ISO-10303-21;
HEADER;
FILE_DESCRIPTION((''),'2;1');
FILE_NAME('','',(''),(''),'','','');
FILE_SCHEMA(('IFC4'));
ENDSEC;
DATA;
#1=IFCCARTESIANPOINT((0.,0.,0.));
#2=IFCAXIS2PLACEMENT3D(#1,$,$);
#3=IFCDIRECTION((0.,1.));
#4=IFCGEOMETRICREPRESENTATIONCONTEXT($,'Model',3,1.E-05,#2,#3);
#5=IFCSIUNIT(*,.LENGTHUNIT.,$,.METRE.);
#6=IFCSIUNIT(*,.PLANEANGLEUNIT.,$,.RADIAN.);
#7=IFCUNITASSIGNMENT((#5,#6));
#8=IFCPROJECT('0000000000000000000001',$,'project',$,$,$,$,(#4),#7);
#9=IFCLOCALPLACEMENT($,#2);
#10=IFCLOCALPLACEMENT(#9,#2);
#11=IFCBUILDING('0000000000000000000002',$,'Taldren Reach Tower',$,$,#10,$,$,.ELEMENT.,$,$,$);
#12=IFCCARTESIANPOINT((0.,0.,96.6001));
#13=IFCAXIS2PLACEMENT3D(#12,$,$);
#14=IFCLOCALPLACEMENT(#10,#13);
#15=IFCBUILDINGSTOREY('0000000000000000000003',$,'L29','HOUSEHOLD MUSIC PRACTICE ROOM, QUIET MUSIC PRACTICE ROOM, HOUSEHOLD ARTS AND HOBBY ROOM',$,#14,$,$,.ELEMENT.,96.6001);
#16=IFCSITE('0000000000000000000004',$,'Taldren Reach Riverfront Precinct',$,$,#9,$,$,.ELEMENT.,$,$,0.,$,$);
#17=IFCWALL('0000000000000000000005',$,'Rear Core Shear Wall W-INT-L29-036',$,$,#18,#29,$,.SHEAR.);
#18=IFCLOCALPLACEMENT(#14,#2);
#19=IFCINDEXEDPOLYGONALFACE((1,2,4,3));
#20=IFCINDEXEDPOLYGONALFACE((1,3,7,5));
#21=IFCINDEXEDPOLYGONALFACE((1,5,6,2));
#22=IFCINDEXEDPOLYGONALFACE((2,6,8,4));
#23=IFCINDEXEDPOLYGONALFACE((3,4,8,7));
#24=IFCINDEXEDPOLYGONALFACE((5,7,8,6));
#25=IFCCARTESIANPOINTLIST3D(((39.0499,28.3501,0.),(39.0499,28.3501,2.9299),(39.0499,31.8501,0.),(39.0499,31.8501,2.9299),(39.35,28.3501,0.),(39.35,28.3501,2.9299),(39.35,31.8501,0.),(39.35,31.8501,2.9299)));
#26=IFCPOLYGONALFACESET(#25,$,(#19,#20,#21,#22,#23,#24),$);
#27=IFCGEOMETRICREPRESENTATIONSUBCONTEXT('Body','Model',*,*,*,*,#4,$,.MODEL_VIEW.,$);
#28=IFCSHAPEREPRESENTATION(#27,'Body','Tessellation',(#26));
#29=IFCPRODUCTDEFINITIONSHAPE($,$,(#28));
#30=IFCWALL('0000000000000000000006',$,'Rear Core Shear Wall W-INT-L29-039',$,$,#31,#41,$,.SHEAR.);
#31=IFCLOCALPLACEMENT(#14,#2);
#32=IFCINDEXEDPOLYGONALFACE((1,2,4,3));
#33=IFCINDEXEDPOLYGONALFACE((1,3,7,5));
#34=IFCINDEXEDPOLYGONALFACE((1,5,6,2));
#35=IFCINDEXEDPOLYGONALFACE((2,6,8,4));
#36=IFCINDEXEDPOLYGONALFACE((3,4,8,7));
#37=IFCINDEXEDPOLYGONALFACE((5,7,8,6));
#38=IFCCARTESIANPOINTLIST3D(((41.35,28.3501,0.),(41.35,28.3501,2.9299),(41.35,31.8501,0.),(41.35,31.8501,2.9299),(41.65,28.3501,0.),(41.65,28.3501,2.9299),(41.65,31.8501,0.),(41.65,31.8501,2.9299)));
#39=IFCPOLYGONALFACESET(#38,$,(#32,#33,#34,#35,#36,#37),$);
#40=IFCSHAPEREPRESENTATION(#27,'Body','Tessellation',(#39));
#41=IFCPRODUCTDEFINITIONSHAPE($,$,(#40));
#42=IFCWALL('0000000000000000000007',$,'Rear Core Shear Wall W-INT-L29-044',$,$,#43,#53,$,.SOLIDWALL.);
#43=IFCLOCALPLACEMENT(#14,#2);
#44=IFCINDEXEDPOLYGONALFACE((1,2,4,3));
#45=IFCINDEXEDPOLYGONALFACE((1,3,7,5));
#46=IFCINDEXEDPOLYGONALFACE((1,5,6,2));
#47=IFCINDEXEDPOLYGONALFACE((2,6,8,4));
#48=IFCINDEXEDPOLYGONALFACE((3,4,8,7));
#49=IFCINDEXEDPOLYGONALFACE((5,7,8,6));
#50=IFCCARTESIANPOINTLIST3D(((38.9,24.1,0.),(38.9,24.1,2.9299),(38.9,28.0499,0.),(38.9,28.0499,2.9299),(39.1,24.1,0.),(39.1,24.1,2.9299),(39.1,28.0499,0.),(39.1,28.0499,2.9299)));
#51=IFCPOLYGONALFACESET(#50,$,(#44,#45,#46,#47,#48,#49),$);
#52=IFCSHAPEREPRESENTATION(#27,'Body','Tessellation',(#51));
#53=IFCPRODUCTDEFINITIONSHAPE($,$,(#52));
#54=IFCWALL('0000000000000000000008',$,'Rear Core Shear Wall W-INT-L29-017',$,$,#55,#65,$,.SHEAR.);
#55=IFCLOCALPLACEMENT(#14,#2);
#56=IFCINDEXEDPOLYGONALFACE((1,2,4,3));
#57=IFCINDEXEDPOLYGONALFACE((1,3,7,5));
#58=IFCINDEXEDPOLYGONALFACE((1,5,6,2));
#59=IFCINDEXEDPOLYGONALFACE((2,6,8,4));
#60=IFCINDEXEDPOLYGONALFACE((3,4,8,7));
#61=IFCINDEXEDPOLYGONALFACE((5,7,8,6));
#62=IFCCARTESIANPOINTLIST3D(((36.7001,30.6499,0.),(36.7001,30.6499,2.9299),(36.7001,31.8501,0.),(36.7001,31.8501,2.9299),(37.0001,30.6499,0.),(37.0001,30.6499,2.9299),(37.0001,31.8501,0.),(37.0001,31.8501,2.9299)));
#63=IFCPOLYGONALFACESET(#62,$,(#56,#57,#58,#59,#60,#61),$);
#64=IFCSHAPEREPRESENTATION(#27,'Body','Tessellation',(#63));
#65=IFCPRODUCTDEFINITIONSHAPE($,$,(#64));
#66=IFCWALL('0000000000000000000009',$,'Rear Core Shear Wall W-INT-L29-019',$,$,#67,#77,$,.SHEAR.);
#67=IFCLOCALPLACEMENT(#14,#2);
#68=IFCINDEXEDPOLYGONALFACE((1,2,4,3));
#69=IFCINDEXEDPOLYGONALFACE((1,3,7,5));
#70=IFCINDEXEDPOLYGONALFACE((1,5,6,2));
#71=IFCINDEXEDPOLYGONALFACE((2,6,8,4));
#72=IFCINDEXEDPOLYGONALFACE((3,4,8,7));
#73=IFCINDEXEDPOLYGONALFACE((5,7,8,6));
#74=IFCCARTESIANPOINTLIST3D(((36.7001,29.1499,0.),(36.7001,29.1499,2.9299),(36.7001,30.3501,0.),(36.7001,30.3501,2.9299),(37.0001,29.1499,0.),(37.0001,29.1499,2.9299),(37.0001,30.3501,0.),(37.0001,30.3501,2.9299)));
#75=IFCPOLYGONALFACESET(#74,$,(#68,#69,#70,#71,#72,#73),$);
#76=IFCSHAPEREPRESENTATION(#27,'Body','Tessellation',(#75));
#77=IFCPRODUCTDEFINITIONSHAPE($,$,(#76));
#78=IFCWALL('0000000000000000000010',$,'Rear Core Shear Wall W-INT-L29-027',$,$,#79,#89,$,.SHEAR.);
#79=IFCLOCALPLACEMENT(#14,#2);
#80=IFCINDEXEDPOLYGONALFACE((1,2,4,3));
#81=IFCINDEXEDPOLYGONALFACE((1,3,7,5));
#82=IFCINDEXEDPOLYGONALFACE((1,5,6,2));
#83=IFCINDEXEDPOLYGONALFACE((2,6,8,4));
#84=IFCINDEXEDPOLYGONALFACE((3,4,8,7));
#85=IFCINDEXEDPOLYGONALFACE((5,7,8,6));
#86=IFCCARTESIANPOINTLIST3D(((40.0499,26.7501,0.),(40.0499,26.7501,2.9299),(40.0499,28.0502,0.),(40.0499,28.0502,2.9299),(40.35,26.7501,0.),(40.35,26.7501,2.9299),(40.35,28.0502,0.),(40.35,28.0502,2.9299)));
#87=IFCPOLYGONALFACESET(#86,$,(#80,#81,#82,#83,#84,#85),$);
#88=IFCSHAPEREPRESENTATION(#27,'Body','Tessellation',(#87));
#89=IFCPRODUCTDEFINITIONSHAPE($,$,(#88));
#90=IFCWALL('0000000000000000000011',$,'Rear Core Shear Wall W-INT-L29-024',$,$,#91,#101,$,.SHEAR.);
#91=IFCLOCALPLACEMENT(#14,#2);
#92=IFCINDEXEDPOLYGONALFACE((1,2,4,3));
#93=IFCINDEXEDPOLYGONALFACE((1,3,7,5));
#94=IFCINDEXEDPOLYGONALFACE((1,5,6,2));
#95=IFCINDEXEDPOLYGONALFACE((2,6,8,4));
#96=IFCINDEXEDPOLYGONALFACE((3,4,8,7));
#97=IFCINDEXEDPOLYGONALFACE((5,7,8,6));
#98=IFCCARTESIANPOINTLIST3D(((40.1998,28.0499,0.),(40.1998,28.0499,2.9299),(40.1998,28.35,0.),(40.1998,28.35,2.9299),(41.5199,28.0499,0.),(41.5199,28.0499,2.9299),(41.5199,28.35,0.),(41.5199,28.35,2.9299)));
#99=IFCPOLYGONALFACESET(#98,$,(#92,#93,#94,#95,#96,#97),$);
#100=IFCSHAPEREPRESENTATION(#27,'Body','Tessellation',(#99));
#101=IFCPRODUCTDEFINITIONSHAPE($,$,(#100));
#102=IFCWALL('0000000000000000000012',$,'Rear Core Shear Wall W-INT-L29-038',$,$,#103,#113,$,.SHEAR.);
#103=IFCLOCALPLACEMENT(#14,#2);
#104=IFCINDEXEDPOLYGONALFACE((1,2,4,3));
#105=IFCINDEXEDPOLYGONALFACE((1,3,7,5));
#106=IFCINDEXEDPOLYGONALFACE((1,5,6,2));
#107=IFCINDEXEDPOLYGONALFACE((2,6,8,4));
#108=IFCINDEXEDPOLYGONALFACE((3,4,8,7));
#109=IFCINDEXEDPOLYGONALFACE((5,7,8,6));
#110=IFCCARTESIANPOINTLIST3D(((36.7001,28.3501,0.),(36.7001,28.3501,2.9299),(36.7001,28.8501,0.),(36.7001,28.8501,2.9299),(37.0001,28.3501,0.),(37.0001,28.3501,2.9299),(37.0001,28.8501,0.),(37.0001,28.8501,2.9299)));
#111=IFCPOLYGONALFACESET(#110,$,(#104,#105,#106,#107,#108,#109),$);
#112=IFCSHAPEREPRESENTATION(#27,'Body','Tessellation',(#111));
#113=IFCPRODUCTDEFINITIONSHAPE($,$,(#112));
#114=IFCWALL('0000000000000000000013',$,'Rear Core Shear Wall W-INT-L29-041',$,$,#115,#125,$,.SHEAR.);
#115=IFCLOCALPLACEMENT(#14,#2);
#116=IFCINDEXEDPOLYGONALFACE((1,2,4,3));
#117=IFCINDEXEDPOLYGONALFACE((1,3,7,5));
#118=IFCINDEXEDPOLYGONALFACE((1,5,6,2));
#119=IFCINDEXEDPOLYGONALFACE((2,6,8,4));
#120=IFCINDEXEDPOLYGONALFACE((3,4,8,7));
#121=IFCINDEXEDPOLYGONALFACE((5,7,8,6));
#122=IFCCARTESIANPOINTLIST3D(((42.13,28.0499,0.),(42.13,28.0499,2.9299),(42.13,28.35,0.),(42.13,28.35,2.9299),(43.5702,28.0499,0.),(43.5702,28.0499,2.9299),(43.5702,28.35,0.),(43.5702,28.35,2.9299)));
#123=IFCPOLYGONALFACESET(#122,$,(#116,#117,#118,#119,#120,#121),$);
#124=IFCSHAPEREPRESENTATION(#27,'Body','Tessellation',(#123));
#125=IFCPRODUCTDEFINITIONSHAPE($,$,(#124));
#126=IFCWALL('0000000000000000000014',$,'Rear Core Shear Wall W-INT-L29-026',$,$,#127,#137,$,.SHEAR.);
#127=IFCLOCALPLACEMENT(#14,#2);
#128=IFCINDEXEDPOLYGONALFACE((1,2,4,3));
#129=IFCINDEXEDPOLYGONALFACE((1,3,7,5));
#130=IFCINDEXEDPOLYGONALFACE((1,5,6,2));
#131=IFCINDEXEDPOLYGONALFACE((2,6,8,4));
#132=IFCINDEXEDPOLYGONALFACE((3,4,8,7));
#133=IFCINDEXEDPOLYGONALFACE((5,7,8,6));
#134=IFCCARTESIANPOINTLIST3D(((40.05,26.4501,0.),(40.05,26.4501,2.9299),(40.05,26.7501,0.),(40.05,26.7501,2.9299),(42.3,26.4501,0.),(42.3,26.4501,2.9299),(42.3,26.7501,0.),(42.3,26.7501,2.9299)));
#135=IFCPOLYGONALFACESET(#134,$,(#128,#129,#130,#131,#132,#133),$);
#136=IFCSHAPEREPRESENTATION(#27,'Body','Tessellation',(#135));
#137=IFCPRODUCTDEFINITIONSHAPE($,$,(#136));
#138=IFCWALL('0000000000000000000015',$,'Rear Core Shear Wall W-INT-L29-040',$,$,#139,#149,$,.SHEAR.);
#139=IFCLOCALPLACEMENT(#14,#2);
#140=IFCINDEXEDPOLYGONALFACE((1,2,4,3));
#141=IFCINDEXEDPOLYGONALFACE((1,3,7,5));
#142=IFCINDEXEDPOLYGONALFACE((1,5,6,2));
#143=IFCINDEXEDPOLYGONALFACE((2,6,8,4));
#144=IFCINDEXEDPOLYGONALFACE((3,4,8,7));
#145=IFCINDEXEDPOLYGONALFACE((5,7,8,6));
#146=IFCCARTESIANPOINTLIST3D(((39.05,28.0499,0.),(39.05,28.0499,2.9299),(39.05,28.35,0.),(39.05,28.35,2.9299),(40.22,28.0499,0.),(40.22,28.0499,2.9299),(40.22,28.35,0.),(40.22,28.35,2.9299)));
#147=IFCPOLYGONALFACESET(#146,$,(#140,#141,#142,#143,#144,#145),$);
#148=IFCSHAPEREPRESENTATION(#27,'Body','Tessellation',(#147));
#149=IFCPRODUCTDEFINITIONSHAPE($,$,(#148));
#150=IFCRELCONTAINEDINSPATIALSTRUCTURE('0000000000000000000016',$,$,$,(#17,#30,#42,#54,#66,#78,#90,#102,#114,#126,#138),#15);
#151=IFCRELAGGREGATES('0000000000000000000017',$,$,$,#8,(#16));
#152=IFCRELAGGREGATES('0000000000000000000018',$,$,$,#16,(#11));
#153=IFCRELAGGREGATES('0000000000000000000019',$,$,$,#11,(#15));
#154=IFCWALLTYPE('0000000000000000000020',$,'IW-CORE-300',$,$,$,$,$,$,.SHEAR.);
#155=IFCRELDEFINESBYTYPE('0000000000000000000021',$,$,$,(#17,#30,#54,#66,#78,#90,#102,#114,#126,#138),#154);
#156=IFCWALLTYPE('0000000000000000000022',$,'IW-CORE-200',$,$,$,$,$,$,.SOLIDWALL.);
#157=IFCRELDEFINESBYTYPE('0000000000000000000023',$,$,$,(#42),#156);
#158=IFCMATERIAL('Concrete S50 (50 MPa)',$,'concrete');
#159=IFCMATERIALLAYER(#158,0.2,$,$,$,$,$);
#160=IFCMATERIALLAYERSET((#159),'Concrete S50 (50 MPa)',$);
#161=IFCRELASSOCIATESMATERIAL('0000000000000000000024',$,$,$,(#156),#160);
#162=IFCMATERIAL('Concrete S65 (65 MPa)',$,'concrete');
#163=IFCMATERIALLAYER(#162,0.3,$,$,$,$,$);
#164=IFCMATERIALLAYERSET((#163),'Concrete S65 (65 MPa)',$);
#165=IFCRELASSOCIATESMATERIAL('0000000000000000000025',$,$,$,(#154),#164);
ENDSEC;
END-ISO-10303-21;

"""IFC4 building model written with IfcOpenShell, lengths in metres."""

from ifc_helpers import new_model, si_unit, direction, frame, frame_2d, origin, place, context, subcontext, project, spatial, rectangle, extrude, source, transform, mapped, material, layer, layer_set, type_object, element, save


model = new_model("IFC4")

# Units and contexts
model_context = context("Model", 3, precision=1e-05, world=origin(), true_north=direction((0.0, 1.0)))
body_context = subcontext(model_context, "Body", "Model", "MODEL_VIEW")
ifc_project = project(units=[si_unit("LENGTHUNIT", "METRE"), si_unit("PLANEANGLEUNIT", "RADIAN")], contexts=[model_context])

# Site, building, storey
site_placement = place(None, origin())
site = spatial("IfcSite", under=ifc_project, at=site_placement, Name="Taldren Reach Riverfront Precinct", CompositionType="ELEMENT", RefElevation=0.0)
building_placement = place(site_placement, origin())
building = spatial("IfcBuilding", under=site, at=building_placement, Name="Taldren Reach Tower", CompositionType="ELEMENT")
storey_placement = place(building_placement, frame((0.0, 0.0, 96.6001)))
storey = spatial("IfcBuildingStorey", under=building, at=storey_placement, Name="L29", Description="HOUSEHOLD MUSIC PRACTICE ROOM, QUIET MUSIC PRACTICE ROOM, HOUSEHOLD ARTS AND HOBBY ROOM", CompositionType="ELEMENT", Elevation=96.6001)

# Shared definitions
ifc_material_1 = material(Name="Concrete S65 (65 MPa)", Category="concrete")

# Shared definitions
ifc_material_2 = material(Name="Concrete S50 (50 MPa)", Category="concrete")
ifc_layer_1 = layer(ifc_material_2, 0.2)
ifc_layer_set_1 = layer_set([ifc_layer_1], Name="Concrete S50 (50 MPa)")
wall_type_1 = type_object("IfcWallType", Name="IW-CORE-200", PredefinedType="SOLIDWALL", material=ifc_layer_set_1)

# Walls
ifc_layer_2 = layer(ifc_material_1, 0.3)
ifc_layer_set_2 = layer_set([ifc_layer_2], Name="Concrete S65 (65 MPa)")
wall_type_2 = type_object("IfcWallType", Name="IW-CORE-300", PredefinedType="SHEAR", material=ifc_layer_set_2)
shared_shape_1 = source(origin(), body_context, "Body", "SweptSolid", [
    extrude(rectangle(XDim=3.5, YDim=0.3, at=frame_2d((1.75, 0.0))), origin(), (0.0, 0.0, 1.0), 2.9299),
])
for number, where, z_axis, x_axis, name in (
    (1, (39.2, 28.3501, 0.0), (0.0, 0.0, 1.0), (0.0, 1.0, 0.0), "Rear Core Shear Wall W-INT-L29-036"),
    (2, (41.5, 28.3501, 0.0), (0.0, 0.0, 1.0), (0.0, 1.0, 0.0), "Rear Core Shear Wall W-INT-L29-039"),
):
    element("IfcWall", number, at=place(storey_placement, frame(where, z_axis=z_axis, x_axis=x_axis)), inside=storey, type_object=wall_type_2, Name=name, PredefinedType="SHEAR", context=body_context, shape_type="MappedRepresentation", body=[
        mapped(shared_shape_1, transform((0.0, 0.0, 0.0), scale=1.0)),
    ])
shared_shape_2 = source(origin(), body_context, "Body", "SweptSolid", [
    extrude(rectangle(XDim=3.95, YDim=0.2, at=frame_2d((1.9751, 0.0))), origin(), (0.0, 0.0, 1.0), 2.9299),
])
wall_1_placement = place(storey_placement, frame((39.0, 28.05, 0.0), z_axis=(0.0, 0.0, 1.0), x_axis=(0.0, -1.0, 0.0)))
element("IfcWall", 3, at=wall_1_placement, inside=storey, type_object=wall_type_1, Name="Rear Core Shear Wall W-INT-L29-044", PredefinedType="SOLIDWALL", context=body_context, shape_type="MappedRepresentation", body=[
    mapped(shared_shape_2, transform((0.0, 0.0, 0.0), scale=1.0)),
])
shared_shape_3 = source(origin(), body_context, "Body", "SweptSolid", [
    extrude(rectangle(XDim=1.2002, YDim=0.3, at=frame_2d((0.6001, 0.0))), origin(), (0.0, 0.0, 1.0), 2.9299),
])
for number, where, z_axis, x_axis, name in (
    (4, (36.8501, 30.6499, 0.0), (0.0, 0.0, 1.0), (0.0, 1.0, 0.0), "Rear Core Shear Wall W-INT-L29-017"),
    (5, (36.8501, 29.1499, 0.0), (0.0, 0.0, 1.0), (0.0, 1.0, 0.0), "Rear Core Shear Wall W-INT-L29-019"),
):
    element("IfcWall", number, at=place(storey_placement, frame(where, z_axis=z_axis, x_axis=x_axis)), inside=storey, type_object=wall_type_2, Name=name, PredefinedType="SHEAR", context=body_context, shape_type="MappedRepresentation", body=[
        mapped(shared_shape_3, transform((0.0, 0.0, 0.0), scale=1.0)),
    ])
shared_shape_4 = source(origin(), body_context, "Body", "SweptSolid", [
    extrude(rectangle(XDim=1.3, YDim=0.3, at=frame_2d((0.6499, 0.0))), origin(), (0.0, 0.0, 1.0), 2.9299),
])
wall_2_placement = place(storey_placement, frame((40.2, 28.05, 0.0), z_axis=(0.0, 0.0, 1.0), x_axis=(0.0, -1.0, 0.0)))
element("IfcWall", 6, at=wall_2_placement, inside=storey, type_object=wall_type_2, Name="Rear Core Shear Wall W-INT-L29-027", PredefinedType="SHEAR", context=body_context, shape_type="MappedRepresentation", body=[
    mapped(shared_shape_4, transform((0.0, 0.0, 0.0), scale=1.0)),
])
shared_shape_5 = source(origin(), body_context, "Body", "SweptSolid", [
    extrude(rectangle(XDim=1.3201, YDim=0.3, at=frame_2d((0.6602, 0.0))), origin(), (0.0, 0.0, 1.0), 2.9299),
])
wall_3_placement = place(storey_placement, frame((41.52, 28.2, 0.0), z_axis=(0.0, 0.0, 1.0), x_axis=(-1.0, 0.0, 0.0)))
element("IfcWall", 7, at=wall_3_placement, inside=storey, type_object=wall_type_2, Name="Rear Core Shear Wall W-INT-L29-024", PredefinedType="SHEAR", context=body_context, shape_type="MappedRepresentation", body=[
    mapped(shared_shape_5, transform((0.0, 0.0, 0.0), scale=1.0)),
])
shared_shape_6 = source(origin(), body_context, "Body", "SweptSolid", [
    extrude(rectangle(XDim=0.5, YDim=0.3, at=frame_2d((0.25, 0.0))), origin(), (0.0, 0.0, 1.0), 2.9299),
])
wall_4_placement = place(storey_placement, frame((36.8501, 28.8501, 0.0), z_axis=(0.0, 0.0, 1.0), x_axis=(0.0, -1.0, 0.0)))
element("IfcWall", 8, at=wall_4_placement, inside=storey, type_object=wall_type_2, Name="Rear Core Shear Wall W-INT-L29-038", PredefinedType="SHEAR", context=body_context, shape_type="MappedRepresentation", body=[
    mapped(shared_shape_6, transform((0.0, 0.0, 0.0), scale=1.0)),
])
shared_shape_7 = source(origin(), body_context, "Body", "SweptSolid", [
    extrude(rectangle(XDim=1.4402, YDim=0.3, at=frame_2d((0.7202, 0.0))), origin(), (0.0, 0.0, 1.0), 2.9299),
])
wall_5_placement = place(storey_placement, frame((42.1299, 28.2, 0.0), z_axis=(0.0, 0.0, 1.0), x_axis=(1.0, 0.0, 0.0)))
element("IfcWall", 9, at=wall_5_placement, inside=storey, type_object=wall_type_2, Name="Rear Core Shear Wall W-INT-L29-041", PredefinedType="SHEAR", context=body_context, shape_type="MappedRepresentation", body=[
    mapped(shared_shape_7, transform((0.0, 0.0, 0.0), scale=1.0)),
])
shared_shape_8 = source(origin(), body_context, "Body", "SweptSolid", [
    extrude(rectangle(XDim=2.25, YDim=0.3, at=frame_2d((1.125, 0.0))), origin(), (0.0, 0.0, 1.0), 2.9299),
])
wall_6_placement = place(storey_placement, frame((40.05, 26.6001, 0.0), z_axis=(0.0, 0.0, 1.0), x_axis=(1.0, 0.0, 0.0)))
element("IfcWall", 10, at=wall_6_placement, inside=storey, type_object=wall_type_2, Name="Rear Core Shear Wall W-INT-L29-026", PredefinedType="SHEAR", context=body_context, shape_type="MappedRepresentation", body=[
    mapped(shared_shape_8, transform((0.0, 0.0, 0.0), scale=1.0)),
])
shared_shape_9 = source(origin(), body_context, "Body", "SweptSolid", [
    extrude(rectangle(XDim=1.1699, YDim=0.3, at=frame_2d((0.585, 0.0))), origin(), (0.0, 0.0, 1.0), 2.9299),
])
wall_7_placement = place(storey_placement, frame((39.05, 28.2, 0.0), z_axis=(0.0, 0.0, 1.0), x_axis=(1.0, 0.0, 0.0)))
element("IfcWall", 11, at=wall_7_placement, inside=storey, type_object=wall_type_2, Name="Rear Core Shear Wall W-INT-L29-040", PredefinedType="SHEAR", context=body_context, shape_type="MappedRepresentation", body=[
    mapped(shared_shape_9, transform((0.0, 0.0, 0.0), scale=1.0)),
])

save(model, "model.ifc")
